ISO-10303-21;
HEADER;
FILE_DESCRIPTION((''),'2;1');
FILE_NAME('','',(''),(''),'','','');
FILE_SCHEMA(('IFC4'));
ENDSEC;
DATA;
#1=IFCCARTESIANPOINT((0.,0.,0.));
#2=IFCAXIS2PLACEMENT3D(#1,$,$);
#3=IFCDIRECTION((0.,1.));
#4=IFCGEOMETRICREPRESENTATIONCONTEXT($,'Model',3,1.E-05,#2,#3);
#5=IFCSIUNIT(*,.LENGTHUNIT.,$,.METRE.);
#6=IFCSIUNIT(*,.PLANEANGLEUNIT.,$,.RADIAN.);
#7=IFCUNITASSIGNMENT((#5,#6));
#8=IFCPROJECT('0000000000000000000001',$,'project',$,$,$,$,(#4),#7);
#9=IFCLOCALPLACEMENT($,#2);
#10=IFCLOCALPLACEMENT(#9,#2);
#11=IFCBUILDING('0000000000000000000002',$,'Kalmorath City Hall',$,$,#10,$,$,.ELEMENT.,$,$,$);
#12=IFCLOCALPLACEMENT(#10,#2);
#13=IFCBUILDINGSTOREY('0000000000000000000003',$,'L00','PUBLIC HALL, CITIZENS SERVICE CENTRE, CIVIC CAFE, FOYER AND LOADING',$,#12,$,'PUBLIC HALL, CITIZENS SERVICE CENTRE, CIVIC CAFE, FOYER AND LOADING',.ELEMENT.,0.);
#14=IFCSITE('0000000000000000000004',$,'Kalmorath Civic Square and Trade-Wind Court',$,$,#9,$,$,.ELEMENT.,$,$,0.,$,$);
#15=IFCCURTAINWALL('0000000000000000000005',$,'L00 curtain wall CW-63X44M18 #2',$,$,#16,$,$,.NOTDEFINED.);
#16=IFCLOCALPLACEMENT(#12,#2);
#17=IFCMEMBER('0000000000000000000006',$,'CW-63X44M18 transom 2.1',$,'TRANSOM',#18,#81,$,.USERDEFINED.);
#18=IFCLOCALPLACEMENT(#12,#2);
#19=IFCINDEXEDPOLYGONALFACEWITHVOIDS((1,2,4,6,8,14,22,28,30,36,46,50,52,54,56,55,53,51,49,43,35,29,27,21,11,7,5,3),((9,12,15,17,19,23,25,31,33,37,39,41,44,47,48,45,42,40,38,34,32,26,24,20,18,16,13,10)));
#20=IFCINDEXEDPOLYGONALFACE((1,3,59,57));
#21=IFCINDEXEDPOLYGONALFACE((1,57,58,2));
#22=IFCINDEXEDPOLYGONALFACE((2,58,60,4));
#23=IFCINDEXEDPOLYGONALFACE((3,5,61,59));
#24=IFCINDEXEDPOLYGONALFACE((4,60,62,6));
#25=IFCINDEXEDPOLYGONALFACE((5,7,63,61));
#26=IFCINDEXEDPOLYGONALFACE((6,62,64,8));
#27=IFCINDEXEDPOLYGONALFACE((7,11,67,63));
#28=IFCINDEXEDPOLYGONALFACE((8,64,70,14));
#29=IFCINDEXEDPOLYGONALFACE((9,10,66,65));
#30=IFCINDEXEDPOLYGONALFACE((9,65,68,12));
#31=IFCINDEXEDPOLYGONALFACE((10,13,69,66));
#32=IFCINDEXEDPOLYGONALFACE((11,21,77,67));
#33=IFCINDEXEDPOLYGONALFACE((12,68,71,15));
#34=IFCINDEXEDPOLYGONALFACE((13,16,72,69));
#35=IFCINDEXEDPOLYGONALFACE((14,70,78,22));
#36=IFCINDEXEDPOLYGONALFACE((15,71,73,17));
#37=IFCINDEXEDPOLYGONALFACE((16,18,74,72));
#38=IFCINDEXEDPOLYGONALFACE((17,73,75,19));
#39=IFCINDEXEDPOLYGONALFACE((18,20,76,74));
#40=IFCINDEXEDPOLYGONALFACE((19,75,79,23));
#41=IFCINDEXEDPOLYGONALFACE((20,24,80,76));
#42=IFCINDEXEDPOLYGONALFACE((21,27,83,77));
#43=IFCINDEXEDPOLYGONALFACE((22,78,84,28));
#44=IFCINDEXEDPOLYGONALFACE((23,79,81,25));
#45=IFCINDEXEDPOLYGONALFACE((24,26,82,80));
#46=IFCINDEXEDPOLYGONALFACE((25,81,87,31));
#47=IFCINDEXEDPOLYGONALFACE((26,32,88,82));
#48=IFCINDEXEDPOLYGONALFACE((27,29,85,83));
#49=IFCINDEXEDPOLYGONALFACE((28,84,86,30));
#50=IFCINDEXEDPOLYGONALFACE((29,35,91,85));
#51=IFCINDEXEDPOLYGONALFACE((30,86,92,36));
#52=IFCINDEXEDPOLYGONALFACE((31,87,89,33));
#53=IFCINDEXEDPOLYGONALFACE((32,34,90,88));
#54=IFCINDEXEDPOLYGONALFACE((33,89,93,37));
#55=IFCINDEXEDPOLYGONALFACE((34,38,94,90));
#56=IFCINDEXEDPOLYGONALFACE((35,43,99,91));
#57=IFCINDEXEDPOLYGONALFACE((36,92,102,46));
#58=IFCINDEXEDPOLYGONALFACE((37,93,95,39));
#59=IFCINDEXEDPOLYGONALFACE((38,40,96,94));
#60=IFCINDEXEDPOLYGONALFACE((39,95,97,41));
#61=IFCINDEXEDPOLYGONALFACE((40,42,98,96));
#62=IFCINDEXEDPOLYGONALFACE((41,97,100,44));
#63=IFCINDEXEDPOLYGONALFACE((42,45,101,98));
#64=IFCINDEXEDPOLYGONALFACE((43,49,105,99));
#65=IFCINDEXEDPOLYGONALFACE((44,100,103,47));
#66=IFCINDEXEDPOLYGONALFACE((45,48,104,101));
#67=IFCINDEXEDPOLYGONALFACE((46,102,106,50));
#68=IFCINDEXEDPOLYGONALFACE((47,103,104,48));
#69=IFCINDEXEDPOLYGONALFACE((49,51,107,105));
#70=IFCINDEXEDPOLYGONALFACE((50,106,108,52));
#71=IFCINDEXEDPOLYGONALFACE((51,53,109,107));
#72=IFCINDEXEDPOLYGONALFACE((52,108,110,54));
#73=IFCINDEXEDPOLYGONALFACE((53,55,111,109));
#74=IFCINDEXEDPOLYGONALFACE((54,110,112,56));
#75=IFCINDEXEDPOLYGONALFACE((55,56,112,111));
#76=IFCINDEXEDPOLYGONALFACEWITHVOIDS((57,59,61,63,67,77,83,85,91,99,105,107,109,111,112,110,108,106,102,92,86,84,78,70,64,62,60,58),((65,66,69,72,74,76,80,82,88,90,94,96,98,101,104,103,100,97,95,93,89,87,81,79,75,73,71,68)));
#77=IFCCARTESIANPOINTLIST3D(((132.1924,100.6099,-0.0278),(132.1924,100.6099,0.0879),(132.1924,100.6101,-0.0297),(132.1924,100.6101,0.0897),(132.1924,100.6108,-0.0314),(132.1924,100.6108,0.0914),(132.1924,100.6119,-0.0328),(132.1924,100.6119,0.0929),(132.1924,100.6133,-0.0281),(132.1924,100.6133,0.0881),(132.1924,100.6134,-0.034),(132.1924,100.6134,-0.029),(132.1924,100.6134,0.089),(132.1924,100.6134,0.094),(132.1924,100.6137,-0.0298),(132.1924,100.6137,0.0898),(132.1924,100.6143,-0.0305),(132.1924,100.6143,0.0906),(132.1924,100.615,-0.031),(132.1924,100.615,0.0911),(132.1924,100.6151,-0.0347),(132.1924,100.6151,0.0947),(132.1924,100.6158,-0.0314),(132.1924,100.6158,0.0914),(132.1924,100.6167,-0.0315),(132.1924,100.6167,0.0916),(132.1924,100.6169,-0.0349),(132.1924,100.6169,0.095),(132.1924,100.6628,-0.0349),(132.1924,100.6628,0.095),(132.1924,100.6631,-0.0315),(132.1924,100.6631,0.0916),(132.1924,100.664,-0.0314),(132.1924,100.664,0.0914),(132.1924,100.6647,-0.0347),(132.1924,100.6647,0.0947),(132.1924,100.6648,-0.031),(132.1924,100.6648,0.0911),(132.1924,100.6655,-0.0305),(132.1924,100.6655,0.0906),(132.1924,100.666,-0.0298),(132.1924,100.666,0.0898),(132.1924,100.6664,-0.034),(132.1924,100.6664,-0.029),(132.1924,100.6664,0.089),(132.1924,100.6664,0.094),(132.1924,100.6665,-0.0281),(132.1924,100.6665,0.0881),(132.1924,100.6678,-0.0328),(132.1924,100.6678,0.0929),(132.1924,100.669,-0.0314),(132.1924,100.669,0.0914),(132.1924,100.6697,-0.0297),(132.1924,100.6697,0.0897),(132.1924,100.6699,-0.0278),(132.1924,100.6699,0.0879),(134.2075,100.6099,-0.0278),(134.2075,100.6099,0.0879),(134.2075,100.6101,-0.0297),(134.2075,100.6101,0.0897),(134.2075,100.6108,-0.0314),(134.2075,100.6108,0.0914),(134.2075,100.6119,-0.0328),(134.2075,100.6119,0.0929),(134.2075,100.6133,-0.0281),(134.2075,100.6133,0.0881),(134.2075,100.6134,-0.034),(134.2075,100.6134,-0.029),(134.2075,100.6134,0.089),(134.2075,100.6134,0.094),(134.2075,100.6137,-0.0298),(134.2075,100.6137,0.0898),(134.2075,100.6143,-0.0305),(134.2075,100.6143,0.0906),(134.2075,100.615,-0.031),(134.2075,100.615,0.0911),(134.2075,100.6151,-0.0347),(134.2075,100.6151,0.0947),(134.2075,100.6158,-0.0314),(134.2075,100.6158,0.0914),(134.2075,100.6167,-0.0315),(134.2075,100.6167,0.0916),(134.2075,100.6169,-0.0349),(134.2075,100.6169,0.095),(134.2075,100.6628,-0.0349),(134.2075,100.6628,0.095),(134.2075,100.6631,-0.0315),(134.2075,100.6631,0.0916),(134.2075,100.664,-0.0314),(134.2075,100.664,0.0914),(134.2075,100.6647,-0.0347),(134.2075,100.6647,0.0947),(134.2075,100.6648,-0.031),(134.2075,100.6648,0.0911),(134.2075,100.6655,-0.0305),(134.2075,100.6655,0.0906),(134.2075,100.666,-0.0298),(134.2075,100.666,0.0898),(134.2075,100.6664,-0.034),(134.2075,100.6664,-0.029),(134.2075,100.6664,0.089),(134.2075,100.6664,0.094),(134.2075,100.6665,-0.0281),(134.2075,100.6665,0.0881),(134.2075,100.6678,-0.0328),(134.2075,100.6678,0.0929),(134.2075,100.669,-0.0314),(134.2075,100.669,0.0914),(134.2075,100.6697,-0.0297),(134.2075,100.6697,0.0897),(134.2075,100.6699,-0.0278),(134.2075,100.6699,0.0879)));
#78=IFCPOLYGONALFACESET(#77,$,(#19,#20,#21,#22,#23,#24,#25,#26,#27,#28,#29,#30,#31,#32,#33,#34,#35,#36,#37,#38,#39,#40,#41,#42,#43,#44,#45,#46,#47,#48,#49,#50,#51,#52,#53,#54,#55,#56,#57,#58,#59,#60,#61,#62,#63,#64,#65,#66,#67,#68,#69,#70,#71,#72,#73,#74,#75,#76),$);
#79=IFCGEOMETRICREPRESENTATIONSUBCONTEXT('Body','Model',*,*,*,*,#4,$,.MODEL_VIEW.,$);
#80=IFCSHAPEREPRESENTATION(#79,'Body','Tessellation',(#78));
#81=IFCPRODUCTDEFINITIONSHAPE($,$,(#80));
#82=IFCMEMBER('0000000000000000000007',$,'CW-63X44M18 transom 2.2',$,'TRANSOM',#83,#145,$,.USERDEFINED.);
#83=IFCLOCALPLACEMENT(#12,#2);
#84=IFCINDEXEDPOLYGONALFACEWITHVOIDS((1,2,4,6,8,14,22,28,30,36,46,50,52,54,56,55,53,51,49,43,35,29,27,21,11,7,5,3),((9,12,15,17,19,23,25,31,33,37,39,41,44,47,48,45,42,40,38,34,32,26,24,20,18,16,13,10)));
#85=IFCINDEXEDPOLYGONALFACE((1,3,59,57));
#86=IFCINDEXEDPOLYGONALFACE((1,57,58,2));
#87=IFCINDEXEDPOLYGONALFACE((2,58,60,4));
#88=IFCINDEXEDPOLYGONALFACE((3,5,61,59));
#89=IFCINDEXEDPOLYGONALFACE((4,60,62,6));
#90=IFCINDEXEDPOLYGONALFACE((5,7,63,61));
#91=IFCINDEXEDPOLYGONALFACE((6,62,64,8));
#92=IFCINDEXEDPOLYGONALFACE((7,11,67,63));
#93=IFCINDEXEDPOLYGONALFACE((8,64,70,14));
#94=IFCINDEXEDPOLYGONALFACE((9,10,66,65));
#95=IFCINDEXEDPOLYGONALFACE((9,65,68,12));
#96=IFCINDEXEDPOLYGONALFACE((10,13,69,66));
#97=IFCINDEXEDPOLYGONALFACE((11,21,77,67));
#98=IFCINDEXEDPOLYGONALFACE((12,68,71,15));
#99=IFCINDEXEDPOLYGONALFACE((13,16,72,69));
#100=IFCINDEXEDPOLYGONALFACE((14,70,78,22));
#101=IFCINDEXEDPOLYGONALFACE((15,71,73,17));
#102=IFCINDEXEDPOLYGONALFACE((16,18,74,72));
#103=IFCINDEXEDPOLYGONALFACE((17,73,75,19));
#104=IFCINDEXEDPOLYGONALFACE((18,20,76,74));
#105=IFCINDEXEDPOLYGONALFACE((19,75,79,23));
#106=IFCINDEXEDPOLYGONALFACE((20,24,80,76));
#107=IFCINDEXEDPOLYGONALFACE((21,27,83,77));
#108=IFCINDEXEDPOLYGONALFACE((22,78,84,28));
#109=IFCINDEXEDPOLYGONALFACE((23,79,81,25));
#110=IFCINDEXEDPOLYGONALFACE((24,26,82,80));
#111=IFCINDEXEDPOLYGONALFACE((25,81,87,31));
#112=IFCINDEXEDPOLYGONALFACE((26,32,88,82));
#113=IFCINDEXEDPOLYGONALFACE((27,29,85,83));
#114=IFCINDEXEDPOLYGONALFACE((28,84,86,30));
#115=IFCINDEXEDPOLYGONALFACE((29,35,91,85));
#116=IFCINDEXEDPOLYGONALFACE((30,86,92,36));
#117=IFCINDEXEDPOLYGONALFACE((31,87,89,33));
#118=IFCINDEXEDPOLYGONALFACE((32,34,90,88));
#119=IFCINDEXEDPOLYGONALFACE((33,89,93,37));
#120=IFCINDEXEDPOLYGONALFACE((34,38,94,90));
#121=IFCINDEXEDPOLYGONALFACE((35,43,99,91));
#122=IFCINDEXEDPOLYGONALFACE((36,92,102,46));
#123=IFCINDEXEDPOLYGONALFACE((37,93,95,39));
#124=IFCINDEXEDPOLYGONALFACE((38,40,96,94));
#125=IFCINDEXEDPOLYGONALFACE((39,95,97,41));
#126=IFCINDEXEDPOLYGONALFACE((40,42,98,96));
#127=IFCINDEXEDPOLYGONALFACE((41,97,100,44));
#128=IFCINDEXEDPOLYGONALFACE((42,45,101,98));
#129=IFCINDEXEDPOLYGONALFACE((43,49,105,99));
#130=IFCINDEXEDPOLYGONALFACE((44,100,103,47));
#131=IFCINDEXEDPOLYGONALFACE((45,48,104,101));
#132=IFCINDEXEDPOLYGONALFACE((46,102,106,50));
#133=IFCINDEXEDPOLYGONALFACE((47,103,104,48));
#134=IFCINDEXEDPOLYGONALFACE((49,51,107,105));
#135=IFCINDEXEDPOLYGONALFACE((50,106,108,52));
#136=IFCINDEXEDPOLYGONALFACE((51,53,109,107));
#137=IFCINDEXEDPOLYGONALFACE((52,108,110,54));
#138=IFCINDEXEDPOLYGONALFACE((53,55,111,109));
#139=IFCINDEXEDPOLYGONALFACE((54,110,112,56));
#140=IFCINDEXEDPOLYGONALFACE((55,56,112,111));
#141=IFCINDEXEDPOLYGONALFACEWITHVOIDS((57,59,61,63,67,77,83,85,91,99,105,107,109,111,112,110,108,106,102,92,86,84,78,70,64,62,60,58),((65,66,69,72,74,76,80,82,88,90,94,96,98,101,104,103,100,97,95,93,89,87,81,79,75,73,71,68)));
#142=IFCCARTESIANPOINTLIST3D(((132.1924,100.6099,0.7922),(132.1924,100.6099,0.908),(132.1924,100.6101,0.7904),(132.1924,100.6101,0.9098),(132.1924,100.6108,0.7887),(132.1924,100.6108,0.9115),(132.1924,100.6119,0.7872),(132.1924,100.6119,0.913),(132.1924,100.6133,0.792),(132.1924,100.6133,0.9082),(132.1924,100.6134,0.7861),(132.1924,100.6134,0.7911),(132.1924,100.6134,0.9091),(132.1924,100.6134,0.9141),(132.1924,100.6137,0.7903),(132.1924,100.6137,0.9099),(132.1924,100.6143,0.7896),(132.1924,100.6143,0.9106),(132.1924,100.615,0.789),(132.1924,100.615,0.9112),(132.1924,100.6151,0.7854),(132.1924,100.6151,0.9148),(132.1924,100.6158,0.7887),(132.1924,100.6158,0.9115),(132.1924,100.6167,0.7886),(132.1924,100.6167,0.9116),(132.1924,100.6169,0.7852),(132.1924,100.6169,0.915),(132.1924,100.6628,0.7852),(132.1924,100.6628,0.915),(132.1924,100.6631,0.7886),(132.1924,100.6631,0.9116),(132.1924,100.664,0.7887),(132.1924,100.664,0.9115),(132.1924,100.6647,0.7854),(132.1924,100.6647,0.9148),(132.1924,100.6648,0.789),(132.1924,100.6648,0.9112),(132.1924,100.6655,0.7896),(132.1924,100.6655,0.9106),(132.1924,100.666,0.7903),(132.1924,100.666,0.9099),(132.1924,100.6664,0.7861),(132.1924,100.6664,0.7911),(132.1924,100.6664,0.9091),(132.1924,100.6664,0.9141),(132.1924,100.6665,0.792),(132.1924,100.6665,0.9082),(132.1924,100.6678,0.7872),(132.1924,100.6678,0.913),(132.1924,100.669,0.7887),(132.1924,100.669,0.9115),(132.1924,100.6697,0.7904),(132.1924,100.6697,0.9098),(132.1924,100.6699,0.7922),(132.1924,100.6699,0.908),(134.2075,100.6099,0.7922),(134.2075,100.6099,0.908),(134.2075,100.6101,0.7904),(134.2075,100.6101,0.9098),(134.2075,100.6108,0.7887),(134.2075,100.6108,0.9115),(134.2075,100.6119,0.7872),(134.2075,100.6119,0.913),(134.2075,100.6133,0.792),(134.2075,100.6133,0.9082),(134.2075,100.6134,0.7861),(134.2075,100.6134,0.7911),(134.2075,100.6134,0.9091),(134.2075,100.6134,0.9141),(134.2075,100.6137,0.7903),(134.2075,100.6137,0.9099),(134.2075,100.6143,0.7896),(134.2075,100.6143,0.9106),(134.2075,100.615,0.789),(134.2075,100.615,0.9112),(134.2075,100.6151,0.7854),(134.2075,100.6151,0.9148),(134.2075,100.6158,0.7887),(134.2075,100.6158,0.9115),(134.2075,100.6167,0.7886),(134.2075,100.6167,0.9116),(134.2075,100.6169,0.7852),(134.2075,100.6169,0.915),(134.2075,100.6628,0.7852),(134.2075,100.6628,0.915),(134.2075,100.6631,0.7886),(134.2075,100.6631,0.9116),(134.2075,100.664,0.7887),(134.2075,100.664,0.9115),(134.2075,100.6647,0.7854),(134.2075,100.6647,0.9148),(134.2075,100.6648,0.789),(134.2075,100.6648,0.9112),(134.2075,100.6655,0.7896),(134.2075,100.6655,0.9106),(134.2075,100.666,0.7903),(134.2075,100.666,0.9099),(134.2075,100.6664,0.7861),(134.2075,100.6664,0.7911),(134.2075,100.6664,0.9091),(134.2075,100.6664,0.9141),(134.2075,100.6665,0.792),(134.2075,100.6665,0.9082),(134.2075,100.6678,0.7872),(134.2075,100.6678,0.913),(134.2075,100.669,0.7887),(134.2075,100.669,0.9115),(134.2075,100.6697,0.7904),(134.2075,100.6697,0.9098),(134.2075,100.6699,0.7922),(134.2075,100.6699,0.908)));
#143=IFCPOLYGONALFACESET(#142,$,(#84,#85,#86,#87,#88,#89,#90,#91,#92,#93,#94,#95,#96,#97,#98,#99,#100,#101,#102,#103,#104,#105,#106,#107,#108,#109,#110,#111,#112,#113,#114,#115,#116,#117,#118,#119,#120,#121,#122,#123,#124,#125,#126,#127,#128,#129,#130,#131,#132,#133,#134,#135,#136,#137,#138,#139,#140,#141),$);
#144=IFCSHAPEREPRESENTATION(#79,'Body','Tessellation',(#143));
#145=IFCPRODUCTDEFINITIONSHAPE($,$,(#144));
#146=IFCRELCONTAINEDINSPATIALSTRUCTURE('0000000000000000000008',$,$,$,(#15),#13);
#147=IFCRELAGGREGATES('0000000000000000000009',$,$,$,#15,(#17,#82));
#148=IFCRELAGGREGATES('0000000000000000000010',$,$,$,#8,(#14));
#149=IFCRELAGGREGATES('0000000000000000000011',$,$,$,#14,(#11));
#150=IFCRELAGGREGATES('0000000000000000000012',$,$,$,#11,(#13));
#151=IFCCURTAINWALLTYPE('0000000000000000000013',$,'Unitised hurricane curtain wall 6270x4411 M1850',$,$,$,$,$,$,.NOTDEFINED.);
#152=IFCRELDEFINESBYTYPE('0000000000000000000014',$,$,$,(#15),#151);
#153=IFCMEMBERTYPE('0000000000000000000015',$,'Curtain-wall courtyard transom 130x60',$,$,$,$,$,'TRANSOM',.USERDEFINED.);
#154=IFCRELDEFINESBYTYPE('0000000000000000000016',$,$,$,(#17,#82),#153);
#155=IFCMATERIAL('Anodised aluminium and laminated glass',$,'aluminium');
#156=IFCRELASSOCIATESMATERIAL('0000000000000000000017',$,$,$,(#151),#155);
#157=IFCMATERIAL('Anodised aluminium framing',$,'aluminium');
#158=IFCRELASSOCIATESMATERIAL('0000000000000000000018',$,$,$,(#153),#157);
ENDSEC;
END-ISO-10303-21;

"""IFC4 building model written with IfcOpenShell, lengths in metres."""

from ifc_helpers import new_model, si_unit, direction, frame, origin, origin_2d, place, context, subcontext, project, spatial, hollow_rectangle, extrude, material, material_profile, profile_set, type_object, element, aggregate, save


model = new_model("IFC4")

# Units and contexts
model_context = context("Model", 3, precision=1e-05, world=origin(), true_north=direction((0.0, 1.0)))
body_context = subcontext(model_context, "Body", "Model", "MODEL_VIEW")
ifc_project = project(units=[si_unit("LENGTHUNIT", "METRE"), si_unit("PLANEANGLEUNIT", "RADIAN")], contexts=[model_context])

# Site, building, storey
site_placement = place(None, origin())
site = spatial("IfcSite", under=ifc_project, at=site_placement, Name="Kalmorath Civic Square and Trade-Wind Court", CompositionType="ELEMENT", RefElevation=0.0)
building_placement = place(site_placement, origin())
building = spatial("IfcBuilding", under=site, at=building_placement, Name="Kalmorath City Hall", CompositionType="ELEMENT")
storey_placement = place(building_placement, origin())
storey = spatial("IfcBuildingStorey", under=building, at=storey_placement, Name="L00", Description="PUBLIC HALL, CITIZENS SERVICE CENTRE, CIVIC CAFE, FOYER AND LOADING", LongName="PUBLIC HALL, CITIZENS SERVICE CENTRE, CIVIC CAFE, FOYER AND LOADING", CompositionType="ELEMENT", Elevation=0.0)

# Curtain wall, members
ifc_material_1 = material(Name="Anodised aluminium and laminated glass", Category="aluminium")
curtain_wall_type = type_object("IfcCurtainWallType", Name="Unitised hurricane curtain wall 6270x4411 M1850", PredefinedType="NOTDEFINED", material=ifc_material_1)
curtain_wall_placement = place(storey_placement, origin())
curtain_wall = element("IfcCurtainWall", 1, at=curtain_wall_placement, inside=storey, type_object=curtain_wall_type, Name="L00 curtain wall CW-63X44M18 #2", PredefinedType="NOTDEFINED")
ifc_material_2 = material(Name="Anodised aluminium framing", Category="aluminium")
ifc_material_profile_1 = material_profile(ifc_material_2, hollow_rectangle(XDim=0.0601, YDim=0.1299, WallThickness=0.0034, InnerFilletRadius=0.0034, OuterFilletRadius=0.0071, at=origin_2d()), Name="ALU-TRN-130X60X3.5")
ifc_profile_set_1 = profile_set([ifc_material_profile_1], Name="Anodised aluminium framing")
member_type_1 = type_object("IfcMemberType", Name="Curtain-wall courtyard transom 130x60", ElementType="TRANSOM", PredefinedType="USERDEFINED", material=ifc_profile_set_1)
member_1_placement = place(storey_placement, frame((132.1924, 100.6399, 0.03), z_axis=(1.0, 0.0, 0.0), x_axis=(0.0, 1.0, 0.0)))
member_1 = element("IfcMember", 2, at=member_1_placement, type_object=member_type_1, Name="CW-63X44M18 transom 2.1", ObjectType="TRANSOM", PredefinedType="USERDEFINED", context=body_context, shape_type="SweptSolid", body=[
    extrude(hollow_rectangle(XDim=0.0601, YDim=0.1299, WallThickness=0.0034, InnerFilletRadius=0.0034, OuterFilletRadius=0.0071, at=origin_2d()), origin(), (0.0, 0.0, 1.0), 2.0151),
])
member_2_placement = place(storey_placement, frame((132.1924, 100.6399, 0.8501), z_axis=(1.0, 0.0, 0.0), x_axis=(0.0, 1.0, 0.0)))
member_2 = element("IfcMember", 3, at=member_2_placement, type_object=member_type_1, Name="CW-63X44M18 transom 2.2", ObjectType="TRANSOM", PredefinedType="USERDEFINED", context=body_context, shape_type="SweptSolid", body=[
    extrude(hollow_rectangle(XDim=0.0601, YDim=0.1299, WallThickness=0.0034, InnerFilletRadius=0.0034, OuterFilletRadius=0.0071, at=origin_2d()), origin(), (0.0, 0.0, 1.0), 2.0151),
])

aggregate(curtain_wall, [member_1, member_2])

save(model, "model.ifc")
